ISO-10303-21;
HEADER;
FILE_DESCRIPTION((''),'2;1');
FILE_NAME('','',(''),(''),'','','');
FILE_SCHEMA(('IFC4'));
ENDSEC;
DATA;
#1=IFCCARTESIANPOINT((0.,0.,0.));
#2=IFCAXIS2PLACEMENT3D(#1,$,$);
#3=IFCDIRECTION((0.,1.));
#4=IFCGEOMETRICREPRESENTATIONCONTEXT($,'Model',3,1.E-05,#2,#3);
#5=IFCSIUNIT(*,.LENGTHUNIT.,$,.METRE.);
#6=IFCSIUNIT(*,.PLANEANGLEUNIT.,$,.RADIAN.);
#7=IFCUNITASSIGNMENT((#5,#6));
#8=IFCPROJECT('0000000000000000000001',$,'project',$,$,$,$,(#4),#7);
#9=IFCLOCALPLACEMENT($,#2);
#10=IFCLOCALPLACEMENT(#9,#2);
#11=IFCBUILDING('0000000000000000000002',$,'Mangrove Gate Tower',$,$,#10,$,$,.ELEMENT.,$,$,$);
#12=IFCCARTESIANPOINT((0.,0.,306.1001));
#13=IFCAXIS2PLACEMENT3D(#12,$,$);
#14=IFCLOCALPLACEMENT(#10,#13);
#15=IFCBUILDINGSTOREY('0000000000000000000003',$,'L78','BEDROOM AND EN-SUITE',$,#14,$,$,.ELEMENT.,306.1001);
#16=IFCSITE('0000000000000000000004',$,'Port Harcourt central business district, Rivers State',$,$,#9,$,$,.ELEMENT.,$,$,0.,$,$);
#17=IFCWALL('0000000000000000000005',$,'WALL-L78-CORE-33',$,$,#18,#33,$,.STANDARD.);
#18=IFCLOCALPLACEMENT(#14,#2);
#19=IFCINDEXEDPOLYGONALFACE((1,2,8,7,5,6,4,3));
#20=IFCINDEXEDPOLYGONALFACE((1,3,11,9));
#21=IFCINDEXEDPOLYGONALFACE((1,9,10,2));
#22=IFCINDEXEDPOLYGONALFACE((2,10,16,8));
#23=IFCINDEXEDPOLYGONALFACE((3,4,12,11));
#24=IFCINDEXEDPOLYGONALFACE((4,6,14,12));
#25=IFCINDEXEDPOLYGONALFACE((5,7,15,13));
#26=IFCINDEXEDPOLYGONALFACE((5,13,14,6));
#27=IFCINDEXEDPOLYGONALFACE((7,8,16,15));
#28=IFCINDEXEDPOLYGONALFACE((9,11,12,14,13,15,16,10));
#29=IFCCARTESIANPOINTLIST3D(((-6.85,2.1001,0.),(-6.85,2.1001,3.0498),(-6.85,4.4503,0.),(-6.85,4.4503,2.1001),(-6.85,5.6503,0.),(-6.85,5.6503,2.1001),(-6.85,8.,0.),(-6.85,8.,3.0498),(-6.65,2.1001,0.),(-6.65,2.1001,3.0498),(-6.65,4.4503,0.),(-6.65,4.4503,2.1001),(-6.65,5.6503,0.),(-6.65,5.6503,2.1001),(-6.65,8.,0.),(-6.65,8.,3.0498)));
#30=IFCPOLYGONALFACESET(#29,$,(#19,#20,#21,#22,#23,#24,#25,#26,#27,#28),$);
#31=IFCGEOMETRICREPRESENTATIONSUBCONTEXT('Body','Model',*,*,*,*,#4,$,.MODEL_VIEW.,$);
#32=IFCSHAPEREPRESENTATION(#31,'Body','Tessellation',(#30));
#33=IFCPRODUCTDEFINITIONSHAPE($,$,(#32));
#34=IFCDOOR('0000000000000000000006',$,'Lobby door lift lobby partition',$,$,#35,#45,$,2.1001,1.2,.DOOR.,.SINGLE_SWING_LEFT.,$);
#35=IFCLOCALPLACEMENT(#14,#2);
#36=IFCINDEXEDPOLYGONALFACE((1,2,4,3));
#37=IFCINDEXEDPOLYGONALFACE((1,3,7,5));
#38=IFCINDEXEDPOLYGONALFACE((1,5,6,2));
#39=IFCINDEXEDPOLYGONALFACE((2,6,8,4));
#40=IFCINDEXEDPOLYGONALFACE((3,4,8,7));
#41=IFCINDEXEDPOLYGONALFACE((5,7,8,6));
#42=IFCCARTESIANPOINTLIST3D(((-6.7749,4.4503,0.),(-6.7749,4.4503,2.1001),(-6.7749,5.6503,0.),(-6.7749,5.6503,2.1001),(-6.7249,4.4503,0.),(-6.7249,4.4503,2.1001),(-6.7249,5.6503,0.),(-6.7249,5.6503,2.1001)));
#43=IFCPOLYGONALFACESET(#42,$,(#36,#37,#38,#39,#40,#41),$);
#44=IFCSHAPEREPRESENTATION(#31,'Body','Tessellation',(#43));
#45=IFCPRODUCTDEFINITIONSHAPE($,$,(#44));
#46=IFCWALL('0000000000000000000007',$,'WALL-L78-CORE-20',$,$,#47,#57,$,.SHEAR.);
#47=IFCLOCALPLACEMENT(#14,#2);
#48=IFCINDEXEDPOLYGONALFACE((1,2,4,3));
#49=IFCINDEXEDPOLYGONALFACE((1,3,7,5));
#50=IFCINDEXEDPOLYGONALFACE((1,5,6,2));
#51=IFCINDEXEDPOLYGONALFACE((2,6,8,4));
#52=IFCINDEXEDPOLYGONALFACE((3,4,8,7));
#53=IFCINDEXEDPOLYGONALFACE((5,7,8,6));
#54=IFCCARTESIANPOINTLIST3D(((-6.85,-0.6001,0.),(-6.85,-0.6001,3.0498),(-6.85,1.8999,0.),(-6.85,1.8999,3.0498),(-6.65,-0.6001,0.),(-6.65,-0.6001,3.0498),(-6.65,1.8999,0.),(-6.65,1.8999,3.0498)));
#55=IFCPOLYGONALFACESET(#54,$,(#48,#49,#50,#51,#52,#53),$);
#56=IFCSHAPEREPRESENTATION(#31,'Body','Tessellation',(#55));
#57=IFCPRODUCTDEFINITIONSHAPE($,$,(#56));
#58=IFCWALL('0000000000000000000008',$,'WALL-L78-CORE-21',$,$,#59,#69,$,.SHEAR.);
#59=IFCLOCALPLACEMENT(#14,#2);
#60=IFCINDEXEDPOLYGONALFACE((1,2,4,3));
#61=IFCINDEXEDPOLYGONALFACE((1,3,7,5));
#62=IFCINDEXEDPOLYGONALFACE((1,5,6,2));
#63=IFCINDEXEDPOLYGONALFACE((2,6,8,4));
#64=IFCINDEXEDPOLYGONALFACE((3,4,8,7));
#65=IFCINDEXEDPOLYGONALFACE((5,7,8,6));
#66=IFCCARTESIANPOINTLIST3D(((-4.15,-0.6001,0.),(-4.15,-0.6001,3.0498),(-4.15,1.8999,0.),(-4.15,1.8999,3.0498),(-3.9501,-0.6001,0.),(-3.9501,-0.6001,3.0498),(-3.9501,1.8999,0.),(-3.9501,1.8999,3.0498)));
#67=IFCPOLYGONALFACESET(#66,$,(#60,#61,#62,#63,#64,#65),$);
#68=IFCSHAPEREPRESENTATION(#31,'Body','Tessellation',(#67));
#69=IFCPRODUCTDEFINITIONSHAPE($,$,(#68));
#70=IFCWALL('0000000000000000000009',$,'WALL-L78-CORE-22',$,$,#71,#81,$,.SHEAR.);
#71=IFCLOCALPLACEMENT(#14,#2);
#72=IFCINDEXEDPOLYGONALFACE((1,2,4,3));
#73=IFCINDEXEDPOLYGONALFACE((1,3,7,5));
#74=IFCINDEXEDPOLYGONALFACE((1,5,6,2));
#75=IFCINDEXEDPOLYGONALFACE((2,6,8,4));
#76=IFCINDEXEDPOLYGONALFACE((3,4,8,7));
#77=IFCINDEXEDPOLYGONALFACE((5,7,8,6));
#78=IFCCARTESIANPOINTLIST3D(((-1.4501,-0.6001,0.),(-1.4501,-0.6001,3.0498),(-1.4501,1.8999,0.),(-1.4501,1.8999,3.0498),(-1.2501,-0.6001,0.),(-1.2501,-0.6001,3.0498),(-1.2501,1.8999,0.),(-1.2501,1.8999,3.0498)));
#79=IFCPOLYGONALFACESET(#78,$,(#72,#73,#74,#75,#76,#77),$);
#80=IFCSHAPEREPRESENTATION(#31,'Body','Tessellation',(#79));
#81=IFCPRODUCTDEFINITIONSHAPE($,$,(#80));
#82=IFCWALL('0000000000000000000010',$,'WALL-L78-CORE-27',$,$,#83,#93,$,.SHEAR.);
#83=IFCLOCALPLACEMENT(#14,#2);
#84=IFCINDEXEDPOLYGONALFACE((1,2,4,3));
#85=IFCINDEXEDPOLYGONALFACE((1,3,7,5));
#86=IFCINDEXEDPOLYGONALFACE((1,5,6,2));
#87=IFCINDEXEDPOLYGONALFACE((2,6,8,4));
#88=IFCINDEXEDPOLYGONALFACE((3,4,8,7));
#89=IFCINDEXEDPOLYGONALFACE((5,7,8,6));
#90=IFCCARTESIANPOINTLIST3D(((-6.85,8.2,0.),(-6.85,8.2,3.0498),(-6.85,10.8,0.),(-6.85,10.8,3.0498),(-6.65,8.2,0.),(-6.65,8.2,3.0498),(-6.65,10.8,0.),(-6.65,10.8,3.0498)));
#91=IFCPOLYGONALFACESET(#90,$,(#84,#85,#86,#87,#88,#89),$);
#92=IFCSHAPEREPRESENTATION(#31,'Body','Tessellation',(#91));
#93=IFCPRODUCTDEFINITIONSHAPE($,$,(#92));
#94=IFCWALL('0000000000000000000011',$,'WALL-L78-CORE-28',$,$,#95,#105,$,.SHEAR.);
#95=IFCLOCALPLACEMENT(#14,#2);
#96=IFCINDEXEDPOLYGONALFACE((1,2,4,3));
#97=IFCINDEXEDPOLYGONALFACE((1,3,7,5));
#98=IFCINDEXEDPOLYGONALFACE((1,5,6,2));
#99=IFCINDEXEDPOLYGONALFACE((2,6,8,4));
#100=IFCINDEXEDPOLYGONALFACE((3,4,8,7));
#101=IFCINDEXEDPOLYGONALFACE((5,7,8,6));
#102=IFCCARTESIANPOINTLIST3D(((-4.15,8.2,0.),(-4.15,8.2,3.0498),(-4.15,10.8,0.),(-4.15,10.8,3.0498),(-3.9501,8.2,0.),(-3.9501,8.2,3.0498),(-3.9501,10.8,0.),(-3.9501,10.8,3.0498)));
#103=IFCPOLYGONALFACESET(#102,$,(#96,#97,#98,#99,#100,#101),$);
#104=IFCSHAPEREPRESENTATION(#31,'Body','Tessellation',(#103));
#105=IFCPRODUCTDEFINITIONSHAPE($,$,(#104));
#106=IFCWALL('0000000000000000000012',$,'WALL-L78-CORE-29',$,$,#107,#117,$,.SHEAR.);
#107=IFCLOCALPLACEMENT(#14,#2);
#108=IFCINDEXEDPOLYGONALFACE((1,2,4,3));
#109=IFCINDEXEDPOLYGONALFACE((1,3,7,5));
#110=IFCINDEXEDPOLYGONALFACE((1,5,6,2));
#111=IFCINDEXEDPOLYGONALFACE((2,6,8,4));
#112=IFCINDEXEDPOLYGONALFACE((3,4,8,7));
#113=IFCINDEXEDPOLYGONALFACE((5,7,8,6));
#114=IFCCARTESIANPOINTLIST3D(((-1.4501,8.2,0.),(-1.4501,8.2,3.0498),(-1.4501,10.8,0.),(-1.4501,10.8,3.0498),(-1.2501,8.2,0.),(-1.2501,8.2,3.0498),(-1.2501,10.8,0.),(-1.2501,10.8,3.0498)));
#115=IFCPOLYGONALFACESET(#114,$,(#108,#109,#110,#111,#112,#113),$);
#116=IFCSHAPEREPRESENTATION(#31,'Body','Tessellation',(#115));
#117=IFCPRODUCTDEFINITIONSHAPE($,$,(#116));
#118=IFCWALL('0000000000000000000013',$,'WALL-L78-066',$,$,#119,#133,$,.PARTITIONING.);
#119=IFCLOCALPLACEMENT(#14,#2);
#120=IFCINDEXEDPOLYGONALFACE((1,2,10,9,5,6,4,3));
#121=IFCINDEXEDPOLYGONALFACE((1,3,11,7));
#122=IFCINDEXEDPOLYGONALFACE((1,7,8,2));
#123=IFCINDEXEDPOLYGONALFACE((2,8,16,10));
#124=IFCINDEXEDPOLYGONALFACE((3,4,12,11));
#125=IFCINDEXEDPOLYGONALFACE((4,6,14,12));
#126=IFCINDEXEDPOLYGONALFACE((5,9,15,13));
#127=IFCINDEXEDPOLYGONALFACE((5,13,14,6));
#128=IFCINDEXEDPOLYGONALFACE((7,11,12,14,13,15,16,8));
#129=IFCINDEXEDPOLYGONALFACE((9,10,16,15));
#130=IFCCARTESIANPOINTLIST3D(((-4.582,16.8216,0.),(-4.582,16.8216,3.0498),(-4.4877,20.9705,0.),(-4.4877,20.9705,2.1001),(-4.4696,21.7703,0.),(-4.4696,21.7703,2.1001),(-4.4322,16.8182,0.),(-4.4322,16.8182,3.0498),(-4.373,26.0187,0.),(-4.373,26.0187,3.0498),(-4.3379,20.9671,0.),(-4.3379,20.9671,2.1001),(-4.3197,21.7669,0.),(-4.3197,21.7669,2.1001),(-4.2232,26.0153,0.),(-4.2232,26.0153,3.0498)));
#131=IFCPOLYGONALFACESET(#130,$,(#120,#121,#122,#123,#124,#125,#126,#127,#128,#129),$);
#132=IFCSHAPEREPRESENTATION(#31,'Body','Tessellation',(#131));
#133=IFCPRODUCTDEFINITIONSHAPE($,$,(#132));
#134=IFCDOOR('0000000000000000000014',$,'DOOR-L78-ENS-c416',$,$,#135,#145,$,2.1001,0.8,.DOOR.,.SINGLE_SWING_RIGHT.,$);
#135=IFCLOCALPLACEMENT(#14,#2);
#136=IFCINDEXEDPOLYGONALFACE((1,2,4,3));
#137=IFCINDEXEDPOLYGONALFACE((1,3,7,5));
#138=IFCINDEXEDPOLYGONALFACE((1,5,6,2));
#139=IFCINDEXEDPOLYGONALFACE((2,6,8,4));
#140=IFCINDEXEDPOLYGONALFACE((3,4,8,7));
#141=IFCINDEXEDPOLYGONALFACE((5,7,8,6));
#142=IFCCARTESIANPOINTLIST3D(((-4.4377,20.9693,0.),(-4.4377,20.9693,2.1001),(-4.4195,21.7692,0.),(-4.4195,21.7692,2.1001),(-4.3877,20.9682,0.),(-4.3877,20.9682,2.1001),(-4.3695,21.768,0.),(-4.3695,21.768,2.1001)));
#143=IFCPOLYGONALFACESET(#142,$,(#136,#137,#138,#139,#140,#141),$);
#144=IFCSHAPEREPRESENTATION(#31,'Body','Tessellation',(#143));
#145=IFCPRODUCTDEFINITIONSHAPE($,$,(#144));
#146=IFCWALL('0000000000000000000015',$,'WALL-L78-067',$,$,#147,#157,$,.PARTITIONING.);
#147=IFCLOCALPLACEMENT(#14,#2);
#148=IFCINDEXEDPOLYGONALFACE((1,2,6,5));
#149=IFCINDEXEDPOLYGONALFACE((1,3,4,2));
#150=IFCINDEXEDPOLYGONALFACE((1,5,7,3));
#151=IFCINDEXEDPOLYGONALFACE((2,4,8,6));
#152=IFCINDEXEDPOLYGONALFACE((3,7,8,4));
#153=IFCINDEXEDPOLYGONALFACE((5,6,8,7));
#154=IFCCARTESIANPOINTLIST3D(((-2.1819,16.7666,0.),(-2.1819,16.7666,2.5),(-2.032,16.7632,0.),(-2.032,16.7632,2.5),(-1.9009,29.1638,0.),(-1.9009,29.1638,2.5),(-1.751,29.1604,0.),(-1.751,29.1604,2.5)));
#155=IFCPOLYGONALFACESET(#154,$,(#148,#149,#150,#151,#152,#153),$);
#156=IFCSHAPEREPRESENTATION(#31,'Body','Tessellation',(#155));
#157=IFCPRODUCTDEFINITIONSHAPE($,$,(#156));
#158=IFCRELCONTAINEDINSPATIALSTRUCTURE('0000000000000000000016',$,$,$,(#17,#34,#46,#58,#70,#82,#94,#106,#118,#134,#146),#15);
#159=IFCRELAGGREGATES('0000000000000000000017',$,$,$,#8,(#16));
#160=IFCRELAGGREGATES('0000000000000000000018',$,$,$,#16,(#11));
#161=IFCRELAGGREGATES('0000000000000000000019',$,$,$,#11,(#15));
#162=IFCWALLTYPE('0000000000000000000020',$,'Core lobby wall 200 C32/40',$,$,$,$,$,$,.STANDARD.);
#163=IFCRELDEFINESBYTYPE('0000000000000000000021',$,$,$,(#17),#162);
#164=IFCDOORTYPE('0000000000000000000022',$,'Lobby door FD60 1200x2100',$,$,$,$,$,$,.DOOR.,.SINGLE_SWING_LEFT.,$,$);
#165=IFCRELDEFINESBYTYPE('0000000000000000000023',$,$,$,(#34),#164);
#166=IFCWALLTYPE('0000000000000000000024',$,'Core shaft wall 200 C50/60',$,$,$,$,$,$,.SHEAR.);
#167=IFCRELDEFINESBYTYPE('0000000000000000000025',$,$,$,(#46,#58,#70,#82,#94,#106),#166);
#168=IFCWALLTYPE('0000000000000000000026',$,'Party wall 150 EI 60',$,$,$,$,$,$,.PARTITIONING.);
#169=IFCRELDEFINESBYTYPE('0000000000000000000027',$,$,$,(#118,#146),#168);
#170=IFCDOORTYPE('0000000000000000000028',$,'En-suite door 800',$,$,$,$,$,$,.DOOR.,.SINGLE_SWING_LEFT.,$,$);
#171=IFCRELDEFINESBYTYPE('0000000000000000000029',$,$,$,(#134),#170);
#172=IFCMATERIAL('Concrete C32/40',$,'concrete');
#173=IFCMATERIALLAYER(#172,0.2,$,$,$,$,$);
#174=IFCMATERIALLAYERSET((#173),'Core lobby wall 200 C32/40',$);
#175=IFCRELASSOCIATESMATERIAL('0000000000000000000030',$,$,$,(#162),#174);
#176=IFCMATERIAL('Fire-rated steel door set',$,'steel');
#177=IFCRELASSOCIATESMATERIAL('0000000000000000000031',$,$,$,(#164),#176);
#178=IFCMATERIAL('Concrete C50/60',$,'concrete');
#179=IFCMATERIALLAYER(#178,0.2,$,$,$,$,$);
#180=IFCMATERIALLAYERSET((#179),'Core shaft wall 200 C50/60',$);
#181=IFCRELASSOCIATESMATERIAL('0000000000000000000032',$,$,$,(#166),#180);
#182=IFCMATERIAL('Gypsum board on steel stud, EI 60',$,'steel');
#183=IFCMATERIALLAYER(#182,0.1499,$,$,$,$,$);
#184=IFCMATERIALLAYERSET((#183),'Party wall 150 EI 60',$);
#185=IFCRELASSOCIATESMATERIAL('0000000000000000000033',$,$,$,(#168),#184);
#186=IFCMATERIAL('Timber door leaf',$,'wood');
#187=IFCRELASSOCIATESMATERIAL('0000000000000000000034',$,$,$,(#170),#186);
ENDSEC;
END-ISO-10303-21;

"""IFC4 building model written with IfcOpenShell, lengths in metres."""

from ifc_helpers import new_model, si_unit, direction, frame, frame_2d, origin, place, context, subcontext, project, spatial, rectangle, extrude, material, layer, layer_set, type_object, element, fill, save


model = new_model("IFC4")

# Units and contexts
model_context = context("Model", 3, precision=1e-05, world=origin(), true_north=direction((0.0, 1.0)))
body_context = subcontext(model_context, "Body", "Model", "MODEL_VIEW")
ifc_project = project(units=[si_unit("LENGTHUNIT", "METRE"), si_unit("PLANEANGLEUNIT", "RADIAN")], contexts=[model_context])

# Site, building, storey
site_placement = place(None, origin())
site = spatial("IfcSite", under=ifc_project, at=site_placement, Name="Port Harcourt central business district, Rivers State", CompositionType="ELEMENT", RefElevation=0.0)
building_placement = place(site_placement, origin())
building = spatial("IfcBuilding", under=site, at=building_placement, Name="Mangrove Gate Tower", CompositionType="ELEMENT")
storey_placement = place(building_placement, frame((0.0, 0.0, 306.1001)))
storey = spatial("IfcBuildingStorey", under=building, at=storey_placement, Name="L78", Description="BEDROOM AND EN-SUITE", CompositionType="ELEMENT", Elevation=306.1001)

# Wall, opening, door
ifc_material_1 = material(Name="Concrete C32/40", Category="concrete")
ifc_layer_1 = layer(ifc_material_1, 0.2)
ifc_layer_set_1 = layer_set([ifc_layer_1], Name="Core lobby wall 200 C32/40")
wall_type_1 = type_object("IfcWallType", Name="Core lobby wall 200 C32/40", PredefinedType="STANDARD", material=ifc_layer_set_1)
wall_1_placement = place(storey_placement, frame((-6.75, 2.1001, 0.0), z_axis=(0.0, 0.0, 1.0), x_axis=(0.0, 1.0, 0.0)))
wall_1 = element("IfcWall", 1, at=wall_1_placement, inside=storey, type_object=wall_type_1, Name="WALL-L78-CORE-33", PredefinedType="STANDARD", context=body_context, shape_type="SweptSolid", body=[
    extrude(rectangle(XDim=5.8999, YDim=0.2, at=frame_2d((2.95, 0.0))), origin(), (0.0, 0.0, 1.0), 3.0498),
])
opening_1_placement = place(wall_1_placement, frame((2.3501, 0.0, 0.0)))
opening_1 = element("IfcOpeningElement", 2, at=opening_1_placement, cuts=wall_1, PredefinedType="OPENING", context=body_context, shape_type="SweptSolid", body=[
    extrude(rectangle(XDim=1.2, YDim=2.1001, at=frame_2d((0.6001, 1.05))), frame((0.0, 0.1099, 0.0), z_axis=(0.0, -1.0, 0.0), x_axis=(1.0, 0.0, 0.0)), (0.0, 0.0, 1.0), 0.22),
])
ifc_material_2 = material(Name="Fire-rated steel door set", Category="steel")
door_type_1 = type_object("IfcDoorType", Name="Lobby door FD60 1200x2100", OperationType="SINGLE_SWING_LEFT", PredefinedType="DOOR", material=ifc_material_2)
door_1_placement = place(opening_1_placement, origin())
door_1 = element("IfcDoor", 3, at=door_1_placement, inside=storey, type_object=door_type_1, Name="Lobby door lift lobby partition", OperationType="SINGLE_SWING_LEFT", OverallHeight=2.1001, OverallWidth=1.2, PredefinedType="DOOR", context=body_context, shape_type="SweptSolid", body=[
    extrude(rectangle(XDim=1.2, YDim=2.1001, at=frame_2d((0.6001, 1.05))), frame((0.0, 0.0249, 0.0), z_axis=(0.0, -1.0, 0.0), x_axis=(1.0, 0.0, 0.0)), (0.0, 0.0, 1.0), 0.05),
])
fill(opening_1, door_1)

# Walls
ifc_material_3 = material(Name="Concrete C50/60", Category="concrete")
ifc_layer_2 = layer(ifc_material_3, 0.2)
ifc_layer_set_2 = layer_set([ifc_layer_2], Name="Core shaft wall 200 C50/60")
wall_type_2 = type_object("IfcWallType", Name="Core shaft wall 200 C50/60", PredefinedType="SHEAR", material=ifc_layer_set_2)
for number, where, z_axis, x_axis, name in (
    (4, (-6.75, -0.6001, 0.0), (0.0, 0.0, 1.0), (0.0, 1.0, 0.0), "WALL-L78-CORE-20"),
    (5, (-4.05, -0.6001, 0.0), (0.0, 0.0, 1.0), (0.0, 1.0, 0.0), "WALL-L78-CORE-21"),
    (6, (-1.3501, -0.6001, 0.0), (0.0, 0.0, 1.0), (0.0, 1.0, 0.0), "WALL-L78-CORE-22"),
):
    element("IfcWall", number, at=place(storey_placement, frame(where, z_axis=z_axis, x_axis=x_axis)), inside=storey, type_object=wall_type_2, Name=name, PredefinedType="SHEAR", context=body_context, shape_type="SweptSolid", body=[
        extrude(rectangle(XDim=2.5, YDim=0.2, at=frame_2d((1.25, 0.0))), origin(), (0.0, 0.0, 1.0), 3.0498),
    ])
for number, where, z_axis, x_axis, name in (
    (7, (-6.75, 8.2, 0.0), (0.0, 0.0, 1.0), (0.0, 1.0, 0.0), "WALL-L78-CORE-27"),
    (8, (-4.05, 8.2, 0.0), (0.0, 0.0, 1.0), (0.0, 1.0, 0.0), "WALL-L78-CORE-28"),
    (9, (-1.3501, 8.2, 0.0), (0.0, 0.0, 1.0), (0.0, 1.0, 0.0), "WALL-L78-CORE-29"),
):
    element("IfcWall", number, at=place(storey_placement, frame(where, z_axis=z_axis, x_axis=x_axis)), inside=storey, type_object=wall_type_2, Name=name, PredefinedType="SHEAR", context=body_context, shape_type="SweptSolid", body=[
        extrude(rectangle(XDim=2.6001, YDim=0.2, at=frame_2d((1.3, 0.0))), origin(), (0.0, 0.0, 1.0), 3.0498),
    ])

# Wall, opening, door
ifc_material_4 = material(Name="Gypsum board on steel stud, EI 60", Category="steel")
ifc_layer_3 = layer(ifc_material_4, 0.1499)
ifc_layer_set_3 = layer_set([ifc_layer_3], Name="Party wall 150 EI 60")
wall_type_3 = type_object("IfcWallType", Name="Party wall 150 EI 60", PredefinedType="PARTITIONING", material=ifc_layer_set_3)
wall_2_placement = place(storey_placement, frame((-4.5071, 16.8201, 0.0), z_axis=(0.0, 0.0, 1.0), x_axis=(0.022717, 0.999742, 0.0)))
wall_2 = element("IfcWall", 10, at=wall_2_placement, inside=storey, type_object=wall_type_3, Name="WALL-L78-066", PredefinedType="PARTITIONING", context=body_context, shape_type="SweptSolid", body=[
    extrude(rectangle(XDim=9.1995, YDim=0.1499, at=frame_2d((4.5996, 0.0))), origin(), (0.0, 0.0, 1.0), 3.0498),
])
opening_2_placement = place(wall_2_placement, frame((4.1499, 0.0, 0.0)))
opening_2 = element("IfcOpeningElement", 11, at=opening_2_placement, cuts=wall_2, PredefinedType="OPENING", context=body_context, shape_type="SweptSolid", body=[
    extrude(rectangle(XDim=0.8, YDim=2.1001, at=frame_2d((0.3999, 1.05))), frame((0.0, 0.085, 0.0), z_axis=(0.0, -1.0, 0.0), x_axis=(1.0, 0.0, 0.0)), (0.0, 0.0, 1.0), 0.1699),
])
ifc_material_5 = material(Name="Timber door leaf", Category="wood")
door_type_2 = type_object("IfcDoorType", Name="En-suite door 800", OperationType="SINGLE_SWING_LEFT", PredefinedType="DOOR", material=ifc_material_5)
door_2_placement = place(opening_2_placement, origin())
door_2 = element("IfcDoor", 12, at=door_2_placement, inside=storey, type_object=door_type_2, Name="DOOR-L78-ENS-c416", OperationType="SINGLE_SWING_RIGHT", OverallHeight=2.1001, OverallWidth=0.8, PredefinedType="DOOR", context=body_context, shape_type="SweptSolid", body=[
    extrude(rectangle(XDim=0.8, YDim=2.1001, at=frame_2d((0.3999, 1.05))), frame((0.0, 0.0249, 0.0), z_axis=(0.0, -1.0, 0.0), x_axis=(1.0, 0.0, 0.0)), (0.0, 0.0, 1.0), 0.05),
])
fill(opening_2, door_2)

# Wall
wall_3_placement = place(storey_placement, frame((-2.1069, 16.7649, 0.0), z_axis=(0.0, 0.0, 1.0), x_axis=(0.022661, 0.999743, 0.0)))
element("IfcWall", 13, at=wall_3_placement, inside=storey, type_object=wall_type_3, Name="WALL-L78-067", PredefinedType="PARTITIONING", context=body_context, shape_type="SweptSolid", body=[
    extrude(rectangle(XDim=12.4004, YDim=0.1499, at=frame_2d((6.2002, 0.0))), origin(), (0.0, 0.0, 1.0), 2.5),
])

save(model, "model.ifc")
